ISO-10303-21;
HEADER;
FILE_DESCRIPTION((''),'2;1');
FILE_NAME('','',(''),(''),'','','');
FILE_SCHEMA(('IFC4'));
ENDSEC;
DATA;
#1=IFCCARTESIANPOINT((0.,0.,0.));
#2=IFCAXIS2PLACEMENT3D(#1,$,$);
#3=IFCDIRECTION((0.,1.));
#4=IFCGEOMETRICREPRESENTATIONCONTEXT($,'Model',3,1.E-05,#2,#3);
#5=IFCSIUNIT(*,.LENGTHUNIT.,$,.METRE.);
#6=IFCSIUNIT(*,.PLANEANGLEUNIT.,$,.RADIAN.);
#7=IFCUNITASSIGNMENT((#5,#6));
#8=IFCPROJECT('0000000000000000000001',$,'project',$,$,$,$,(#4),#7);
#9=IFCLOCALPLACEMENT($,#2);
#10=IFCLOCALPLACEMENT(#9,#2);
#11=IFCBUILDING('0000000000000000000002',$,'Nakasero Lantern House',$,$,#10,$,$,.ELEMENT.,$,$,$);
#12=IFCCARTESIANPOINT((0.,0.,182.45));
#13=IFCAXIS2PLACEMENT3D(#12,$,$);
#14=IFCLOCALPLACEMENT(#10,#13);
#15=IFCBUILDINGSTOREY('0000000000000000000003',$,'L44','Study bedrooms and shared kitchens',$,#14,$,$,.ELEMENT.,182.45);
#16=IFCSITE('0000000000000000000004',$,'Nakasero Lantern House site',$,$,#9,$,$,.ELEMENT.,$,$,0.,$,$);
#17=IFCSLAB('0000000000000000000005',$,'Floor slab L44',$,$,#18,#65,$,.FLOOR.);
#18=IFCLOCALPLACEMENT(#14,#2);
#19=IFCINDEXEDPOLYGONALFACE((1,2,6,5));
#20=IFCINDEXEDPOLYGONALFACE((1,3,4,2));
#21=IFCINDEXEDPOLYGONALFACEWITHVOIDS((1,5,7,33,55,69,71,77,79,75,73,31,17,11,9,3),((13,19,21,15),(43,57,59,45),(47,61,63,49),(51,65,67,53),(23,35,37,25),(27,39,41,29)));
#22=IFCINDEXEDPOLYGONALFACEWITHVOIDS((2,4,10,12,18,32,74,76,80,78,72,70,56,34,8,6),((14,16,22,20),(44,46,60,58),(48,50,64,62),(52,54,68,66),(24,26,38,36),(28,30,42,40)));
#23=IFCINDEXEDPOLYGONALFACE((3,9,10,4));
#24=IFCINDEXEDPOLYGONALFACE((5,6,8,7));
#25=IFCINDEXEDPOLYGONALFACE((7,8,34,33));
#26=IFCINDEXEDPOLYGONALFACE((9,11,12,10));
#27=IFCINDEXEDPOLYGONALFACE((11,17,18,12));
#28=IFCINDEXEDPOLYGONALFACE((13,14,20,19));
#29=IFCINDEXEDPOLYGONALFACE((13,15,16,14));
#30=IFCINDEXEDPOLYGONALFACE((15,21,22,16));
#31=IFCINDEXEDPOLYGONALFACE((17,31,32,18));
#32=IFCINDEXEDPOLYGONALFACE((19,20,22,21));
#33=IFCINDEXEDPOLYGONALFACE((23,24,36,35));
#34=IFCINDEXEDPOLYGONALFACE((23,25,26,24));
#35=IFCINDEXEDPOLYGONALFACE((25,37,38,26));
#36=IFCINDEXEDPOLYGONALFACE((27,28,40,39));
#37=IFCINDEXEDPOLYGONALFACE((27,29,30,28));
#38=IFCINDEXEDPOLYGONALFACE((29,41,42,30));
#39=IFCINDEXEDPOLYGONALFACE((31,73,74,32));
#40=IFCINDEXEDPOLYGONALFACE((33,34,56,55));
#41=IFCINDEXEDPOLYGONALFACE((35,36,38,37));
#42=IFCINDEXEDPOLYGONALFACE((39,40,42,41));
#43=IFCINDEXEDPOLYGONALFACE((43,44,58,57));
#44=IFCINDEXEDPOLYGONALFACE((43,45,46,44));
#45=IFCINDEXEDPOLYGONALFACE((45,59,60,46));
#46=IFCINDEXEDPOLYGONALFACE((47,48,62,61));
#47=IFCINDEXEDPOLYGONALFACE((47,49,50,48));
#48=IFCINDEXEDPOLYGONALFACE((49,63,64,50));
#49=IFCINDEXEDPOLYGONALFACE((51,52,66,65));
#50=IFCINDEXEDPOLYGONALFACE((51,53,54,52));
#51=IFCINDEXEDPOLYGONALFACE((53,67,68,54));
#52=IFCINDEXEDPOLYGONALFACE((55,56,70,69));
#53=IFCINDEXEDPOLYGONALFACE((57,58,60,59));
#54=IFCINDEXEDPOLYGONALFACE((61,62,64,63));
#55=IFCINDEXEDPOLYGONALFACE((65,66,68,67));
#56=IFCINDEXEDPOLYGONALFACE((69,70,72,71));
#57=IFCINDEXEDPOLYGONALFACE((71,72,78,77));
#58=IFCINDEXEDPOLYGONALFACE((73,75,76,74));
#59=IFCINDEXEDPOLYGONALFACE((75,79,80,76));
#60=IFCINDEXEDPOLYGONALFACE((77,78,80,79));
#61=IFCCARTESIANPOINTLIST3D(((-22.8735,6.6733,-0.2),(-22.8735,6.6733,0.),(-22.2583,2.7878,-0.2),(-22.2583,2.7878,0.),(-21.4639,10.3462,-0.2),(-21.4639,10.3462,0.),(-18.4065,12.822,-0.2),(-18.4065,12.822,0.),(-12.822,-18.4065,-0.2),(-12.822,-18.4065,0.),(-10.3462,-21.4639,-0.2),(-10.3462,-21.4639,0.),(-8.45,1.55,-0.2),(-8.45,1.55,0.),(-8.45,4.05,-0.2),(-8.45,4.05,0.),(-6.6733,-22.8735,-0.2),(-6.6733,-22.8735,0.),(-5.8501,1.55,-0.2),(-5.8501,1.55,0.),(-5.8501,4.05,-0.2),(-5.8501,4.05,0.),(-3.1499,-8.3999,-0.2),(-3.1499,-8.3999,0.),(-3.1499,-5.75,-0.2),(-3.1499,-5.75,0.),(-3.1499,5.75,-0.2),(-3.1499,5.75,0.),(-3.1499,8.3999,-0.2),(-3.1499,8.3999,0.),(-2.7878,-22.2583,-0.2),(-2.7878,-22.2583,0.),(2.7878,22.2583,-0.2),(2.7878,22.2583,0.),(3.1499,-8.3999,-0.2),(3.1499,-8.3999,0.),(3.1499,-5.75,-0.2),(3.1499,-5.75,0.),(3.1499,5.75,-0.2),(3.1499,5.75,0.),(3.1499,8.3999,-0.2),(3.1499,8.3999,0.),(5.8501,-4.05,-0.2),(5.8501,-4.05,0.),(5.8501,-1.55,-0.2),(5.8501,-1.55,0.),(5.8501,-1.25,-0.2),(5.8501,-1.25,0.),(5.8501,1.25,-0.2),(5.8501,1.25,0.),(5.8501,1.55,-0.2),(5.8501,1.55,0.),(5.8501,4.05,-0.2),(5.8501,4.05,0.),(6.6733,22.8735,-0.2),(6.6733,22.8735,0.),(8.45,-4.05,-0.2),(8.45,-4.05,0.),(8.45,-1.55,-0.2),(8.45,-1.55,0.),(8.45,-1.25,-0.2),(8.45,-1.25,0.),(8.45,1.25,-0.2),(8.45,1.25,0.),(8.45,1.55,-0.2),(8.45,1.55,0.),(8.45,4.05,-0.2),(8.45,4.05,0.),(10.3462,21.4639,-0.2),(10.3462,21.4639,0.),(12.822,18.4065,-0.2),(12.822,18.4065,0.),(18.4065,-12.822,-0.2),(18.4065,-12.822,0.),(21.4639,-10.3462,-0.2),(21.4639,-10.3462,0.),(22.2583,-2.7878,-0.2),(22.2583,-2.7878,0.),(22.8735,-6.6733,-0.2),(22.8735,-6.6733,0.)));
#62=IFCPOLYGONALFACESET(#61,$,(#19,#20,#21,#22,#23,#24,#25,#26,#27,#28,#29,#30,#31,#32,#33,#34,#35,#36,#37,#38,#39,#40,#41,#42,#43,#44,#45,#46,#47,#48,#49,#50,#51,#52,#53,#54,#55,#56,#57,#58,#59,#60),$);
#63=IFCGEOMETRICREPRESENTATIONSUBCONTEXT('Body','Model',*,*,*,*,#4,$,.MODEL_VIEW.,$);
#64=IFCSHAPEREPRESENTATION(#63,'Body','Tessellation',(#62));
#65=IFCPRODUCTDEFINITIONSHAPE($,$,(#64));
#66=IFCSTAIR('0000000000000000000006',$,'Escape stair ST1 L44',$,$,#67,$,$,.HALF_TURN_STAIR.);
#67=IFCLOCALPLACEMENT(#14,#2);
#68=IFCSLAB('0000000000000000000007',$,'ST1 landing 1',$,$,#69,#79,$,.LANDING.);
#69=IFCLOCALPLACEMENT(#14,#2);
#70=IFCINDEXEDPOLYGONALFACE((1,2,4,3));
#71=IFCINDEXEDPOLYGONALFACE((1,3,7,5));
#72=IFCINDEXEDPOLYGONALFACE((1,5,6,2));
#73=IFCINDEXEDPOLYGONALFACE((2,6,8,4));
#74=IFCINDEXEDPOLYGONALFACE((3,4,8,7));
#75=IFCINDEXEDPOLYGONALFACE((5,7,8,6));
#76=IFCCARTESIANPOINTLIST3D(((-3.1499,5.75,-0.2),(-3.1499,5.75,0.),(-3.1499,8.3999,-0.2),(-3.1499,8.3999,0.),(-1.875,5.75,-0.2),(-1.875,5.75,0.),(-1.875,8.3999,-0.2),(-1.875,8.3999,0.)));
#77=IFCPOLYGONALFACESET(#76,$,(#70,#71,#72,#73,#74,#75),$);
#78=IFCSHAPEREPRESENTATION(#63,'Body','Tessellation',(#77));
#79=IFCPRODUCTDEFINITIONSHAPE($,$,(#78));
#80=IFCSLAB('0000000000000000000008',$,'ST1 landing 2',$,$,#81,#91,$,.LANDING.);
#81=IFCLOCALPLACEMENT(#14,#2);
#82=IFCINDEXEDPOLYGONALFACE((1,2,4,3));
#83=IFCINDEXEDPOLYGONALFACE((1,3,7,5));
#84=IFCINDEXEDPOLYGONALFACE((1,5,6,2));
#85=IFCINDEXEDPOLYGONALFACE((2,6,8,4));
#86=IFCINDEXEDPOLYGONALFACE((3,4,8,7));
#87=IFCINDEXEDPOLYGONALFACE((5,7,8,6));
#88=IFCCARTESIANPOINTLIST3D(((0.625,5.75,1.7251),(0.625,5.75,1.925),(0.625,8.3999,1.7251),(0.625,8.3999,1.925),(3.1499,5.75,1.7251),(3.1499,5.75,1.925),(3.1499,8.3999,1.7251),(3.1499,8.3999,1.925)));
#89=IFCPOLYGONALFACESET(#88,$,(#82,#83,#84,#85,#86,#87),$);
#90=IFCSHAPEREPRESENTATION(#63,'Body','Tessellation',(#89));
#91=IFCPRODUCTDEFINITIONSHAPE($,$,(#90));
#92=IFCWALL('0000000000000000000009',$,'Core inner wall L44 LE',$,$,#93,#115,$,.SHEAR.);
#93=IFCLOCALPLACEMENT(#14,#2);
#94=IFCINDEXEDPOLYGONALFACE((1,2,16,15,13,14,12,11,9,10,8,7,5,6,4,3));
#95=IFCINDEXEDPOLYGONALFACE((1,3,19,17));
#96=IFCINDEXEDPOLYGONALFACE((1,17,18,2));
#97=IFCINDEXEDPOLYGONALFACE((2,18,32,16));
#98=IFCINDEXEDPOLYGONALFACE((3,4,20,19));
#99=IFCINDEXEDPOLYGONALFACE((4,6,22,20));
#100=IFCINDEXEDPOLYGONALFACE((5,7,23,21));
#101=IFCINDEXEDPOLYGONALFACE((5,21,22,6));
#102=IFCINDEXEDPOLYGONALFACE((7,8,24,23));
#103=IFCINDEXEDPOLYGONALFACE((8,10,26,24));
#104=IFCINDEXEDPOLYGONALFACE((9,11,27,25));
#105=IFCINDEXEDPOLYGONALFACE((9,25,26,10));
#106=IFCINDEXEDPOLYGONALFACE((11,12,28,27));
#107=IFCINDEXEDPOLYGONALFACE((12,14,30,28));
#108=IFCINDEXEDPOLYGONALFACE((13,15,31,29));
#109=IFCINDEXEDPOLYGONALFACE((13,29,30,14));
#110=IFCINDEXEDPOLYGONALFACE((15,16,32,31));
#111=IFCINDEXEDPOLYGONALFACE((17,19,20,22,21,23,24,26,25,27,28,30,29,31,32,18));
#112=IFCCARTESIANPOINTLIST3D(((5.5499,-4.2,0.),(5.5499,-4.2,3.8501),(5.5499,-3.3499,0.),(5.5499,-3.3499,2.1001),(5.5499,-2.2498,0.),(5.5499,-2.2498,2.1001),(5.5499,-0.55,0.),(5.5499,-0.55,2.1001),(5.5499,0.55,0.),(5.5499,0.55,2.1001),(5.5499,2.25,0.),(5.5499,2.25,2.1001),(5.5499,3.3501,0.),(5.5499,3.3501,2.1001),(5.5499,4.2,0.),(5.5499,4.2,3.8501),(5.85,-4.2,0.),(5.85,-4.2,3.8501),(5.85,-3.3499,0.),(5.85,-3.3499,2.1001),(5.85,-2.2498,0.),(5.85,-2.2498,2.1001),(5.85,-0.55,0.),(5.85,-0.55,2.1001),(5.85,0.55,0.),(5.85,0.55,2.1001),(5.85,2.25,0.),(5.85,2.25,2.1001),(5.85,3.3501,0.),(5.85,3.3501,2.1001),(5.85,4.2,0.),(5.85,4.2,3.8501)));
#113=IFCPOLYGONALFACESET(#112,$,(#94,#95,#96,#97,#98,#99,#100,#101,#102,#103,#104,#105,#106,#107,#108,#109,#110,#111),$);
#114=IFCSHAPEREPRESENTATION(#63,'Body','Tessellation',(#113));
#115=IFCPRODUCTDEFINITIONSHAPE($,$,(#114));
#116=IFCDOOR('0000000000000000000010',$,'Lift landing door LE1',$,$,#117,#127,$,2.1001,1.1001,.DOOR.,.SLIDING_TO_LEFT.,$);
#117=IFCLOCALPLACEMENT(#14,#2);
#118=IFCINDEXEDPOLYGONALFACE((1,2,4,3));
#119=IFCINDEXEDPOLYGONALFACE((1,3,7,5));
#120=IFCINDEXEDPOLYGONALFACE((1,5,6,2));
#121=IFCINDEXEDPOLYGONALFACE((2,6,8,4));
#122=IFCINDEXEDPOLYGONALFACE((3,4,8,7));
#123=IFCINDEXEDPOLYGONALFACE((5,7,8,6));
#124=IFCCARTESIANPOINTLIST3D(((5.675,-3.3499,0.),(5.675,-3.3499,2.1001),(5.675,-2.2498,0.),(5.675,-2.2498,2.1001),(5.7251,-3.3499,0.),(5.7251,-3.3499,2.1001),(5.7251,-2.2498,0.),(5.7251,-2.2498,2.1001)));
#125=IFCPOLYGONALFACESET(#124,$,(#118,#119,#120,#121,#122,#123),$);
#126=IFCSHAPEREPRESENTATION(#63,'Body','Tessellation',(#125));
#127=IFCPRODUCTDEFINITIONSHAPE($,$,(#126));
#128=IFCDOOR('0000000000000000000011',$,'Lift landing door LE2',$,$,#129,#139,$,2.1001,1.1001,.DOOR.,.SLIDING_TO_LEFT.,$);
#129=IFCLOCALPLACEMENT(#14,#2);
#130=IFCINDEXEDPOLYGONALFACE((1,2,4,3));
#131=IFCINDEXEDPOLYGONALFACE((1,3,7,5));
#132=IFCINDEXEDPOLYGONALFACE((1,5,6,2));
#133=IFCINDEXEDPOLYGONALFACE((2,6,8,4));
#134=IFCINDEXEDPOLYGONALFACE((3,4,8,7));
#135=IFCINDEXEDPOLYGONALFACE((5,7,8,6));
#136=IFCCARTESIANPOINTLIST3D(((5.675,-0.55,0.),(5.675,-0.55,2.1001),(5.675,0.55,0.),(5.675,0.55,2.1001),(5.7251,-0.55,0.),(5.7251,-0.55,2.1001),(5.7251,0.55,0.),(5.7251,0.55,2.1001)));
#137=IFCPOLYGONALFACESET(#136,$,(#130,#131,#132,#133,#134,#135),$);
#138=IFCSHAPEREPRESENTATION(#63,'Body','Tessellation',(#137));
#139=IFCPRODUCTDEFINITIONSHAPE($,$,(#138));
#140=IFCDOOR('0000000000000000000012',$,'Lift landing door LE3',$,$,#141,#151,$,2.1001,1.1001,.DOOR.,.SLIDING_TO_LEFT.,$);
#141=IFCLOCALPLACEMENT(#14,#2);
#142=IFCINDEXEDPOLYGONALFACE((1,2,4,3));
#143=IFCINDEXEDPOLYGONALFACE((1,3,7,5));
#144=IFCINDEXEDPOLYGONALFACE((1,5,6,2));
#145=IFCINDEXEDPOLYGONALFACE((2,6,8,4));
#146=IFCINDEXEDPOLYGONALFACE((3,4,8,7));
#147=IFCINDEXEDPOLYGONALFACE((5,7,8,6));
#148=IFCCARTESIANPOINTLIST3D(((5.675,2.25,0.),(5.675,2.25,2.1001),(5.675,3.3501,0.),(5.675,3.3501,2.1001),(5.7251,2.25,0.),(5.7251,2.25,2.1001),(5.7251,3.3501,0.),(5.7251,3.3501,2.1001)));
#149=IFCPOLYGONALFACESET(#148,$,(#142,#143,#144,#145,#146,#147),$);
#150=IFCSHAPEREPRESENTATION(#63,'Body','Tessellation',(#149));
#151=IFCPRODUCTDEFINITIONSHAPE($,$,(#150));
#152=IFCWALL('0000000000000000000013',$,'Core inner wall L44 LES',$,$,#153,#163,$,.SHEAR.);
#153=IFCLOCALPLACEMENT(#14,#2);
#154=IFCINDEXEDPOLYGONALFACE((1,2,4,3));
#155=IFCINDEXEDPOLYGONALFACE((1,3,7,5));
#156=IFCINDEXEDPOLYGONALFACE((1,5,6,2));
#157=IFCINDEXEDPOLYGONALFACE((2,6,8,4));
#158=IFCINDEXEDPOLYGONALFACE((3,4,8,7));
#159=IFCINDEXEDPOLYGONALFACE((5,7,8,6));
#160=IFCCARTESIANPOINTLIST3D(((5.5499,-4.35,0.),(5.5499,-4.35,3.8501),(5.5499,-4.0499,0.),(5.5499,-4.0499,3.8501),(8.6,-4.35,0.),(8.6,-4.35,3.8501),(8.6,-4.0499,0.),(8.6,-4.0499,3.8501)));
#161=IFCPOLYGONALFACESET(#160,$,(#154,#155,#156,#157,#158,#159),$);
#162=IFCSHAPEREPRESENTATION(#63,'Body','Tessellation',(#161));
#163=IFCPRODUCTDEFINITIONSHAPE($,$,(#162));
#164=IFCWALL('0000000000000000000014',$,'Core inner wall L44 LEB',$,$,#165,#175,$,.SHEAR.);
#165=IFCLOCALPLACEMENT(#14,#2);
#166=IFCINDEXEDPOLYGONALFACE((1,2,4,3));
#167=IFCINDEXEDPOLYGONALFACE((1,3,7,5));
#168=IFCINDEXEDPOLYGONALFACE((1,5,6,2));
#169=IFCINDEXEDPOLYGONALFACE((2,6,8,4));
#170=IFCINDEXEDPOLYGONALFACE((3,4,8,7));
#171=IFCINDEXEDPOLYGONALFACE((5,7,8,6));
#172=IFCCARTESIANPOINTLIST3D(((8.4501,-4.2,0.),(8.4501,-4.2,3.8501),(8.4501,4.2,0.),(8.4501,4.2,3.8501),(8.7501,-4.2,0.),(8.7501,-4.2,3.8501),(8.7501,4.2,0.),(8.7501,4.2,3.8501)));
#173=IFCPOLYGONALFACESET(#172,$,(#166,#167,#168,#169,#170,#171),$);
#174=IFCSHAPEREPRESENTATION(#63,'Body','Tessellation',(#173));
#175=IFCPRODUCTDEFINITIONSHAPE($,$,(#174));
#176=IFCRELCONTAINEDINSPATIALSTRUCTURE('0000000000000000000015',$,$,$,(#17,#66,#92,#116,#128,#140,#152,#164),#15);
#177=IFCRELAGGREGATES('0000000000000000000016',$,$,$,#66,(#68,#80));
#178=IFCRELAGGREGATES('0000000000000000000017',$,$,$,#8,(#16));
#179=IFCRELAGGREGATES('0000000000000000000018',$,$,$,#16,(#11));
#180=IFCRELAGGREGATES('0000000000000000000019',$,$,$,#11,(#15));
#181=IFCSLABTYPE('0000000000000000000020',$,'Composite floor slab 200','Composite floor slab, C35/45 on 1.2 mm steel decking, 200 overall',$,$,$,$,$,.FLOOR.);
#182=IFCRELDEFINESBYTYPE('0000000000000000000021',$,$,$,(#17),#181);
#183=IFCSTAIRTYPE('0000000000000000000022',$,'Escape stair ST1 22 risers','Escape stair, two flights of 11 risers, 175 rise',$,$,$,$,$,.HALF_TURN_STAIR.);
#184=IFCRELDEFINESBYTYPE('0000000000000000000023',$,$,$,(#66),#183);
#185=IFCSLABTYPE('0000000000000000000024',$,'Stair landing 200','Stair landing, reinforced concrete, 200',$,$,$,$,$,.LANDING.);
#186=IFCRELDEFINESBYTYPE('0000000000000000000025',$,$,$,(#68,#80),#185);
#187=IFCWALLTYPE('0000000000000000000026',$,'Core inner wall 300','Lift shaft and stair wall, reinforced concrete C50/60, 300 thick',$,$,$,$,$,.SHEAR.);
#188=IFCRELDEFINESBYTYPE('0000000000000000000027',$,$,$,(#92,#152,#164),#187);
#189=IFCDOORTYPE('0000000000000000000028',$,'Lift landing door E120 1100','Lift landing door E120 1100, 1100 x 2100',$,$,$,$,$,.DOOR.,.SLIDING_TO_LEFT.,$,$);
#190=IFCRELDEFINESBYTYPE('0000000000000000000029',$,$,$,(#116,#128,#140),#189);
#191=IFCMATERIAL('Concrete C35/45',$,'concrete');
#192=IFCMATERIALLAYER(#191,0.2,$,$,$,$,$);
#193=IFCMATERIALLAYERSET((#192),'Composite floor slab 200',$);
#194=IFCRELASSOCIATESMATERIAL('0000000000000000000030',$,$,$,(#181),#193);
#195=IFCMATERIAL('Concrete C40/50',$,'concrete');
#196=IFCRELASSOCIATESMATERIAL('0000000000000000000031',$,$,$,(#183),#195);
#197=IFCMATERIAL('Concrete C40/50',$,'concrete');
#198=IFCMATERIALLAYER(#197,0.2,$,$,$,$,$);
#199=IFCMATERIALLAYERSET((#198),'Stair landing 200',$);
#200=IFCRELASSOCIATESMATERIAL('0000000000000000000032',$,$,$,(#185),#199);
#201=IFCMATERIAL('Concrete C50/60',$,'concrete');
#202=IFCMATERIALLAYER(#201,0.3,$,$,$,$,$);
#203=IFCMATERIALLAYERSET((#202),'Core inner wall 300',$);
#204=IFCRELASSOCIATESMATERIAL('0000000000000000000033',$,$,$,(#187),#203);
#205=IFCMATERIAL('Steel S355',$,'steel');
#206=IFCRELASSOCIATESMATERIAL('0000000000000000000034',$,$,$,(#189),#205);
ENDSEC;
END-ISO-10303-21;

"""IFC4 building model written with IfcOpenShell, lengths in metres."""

from ifc_helpers import new_model, si_unit, direction, frame, frame_2d, origin, place, context, subcontext, project, spatial, polyline, rectangle, outline, extrude, material, layer, layer_set, type_object, element, fill, aggregate, save


model = new_model("IFC4")

# Units and contexts
model_context = context("Model", 3, precision=1e-05, world=origin(), true_north=direction((0.0, 1.0)))
body_context = subcontext(model_context, "Body", "Model", "MODEL_VIEW")
ifc_project = project(units=[si_unit("LENGTHUNIT", "METRE"), si_unit("PLANEANGLEUNIT", "RADIAN")], contexts=[model_context])

# Site, building, storey
site_placement = place(None, origin())
site = spatial("IfcSite", under=ifc_project, at=site_placement, Name="Nakasero Lantern House site", CompositionType="ELEMENT", RefElevation=0.0)
building_placement = place(site_placement, origin())
building = spatial("IfcBuilding", under=site, at=building_placement, Name="Nakasero Lantern House", CompositionType="ELEMENT")
storey_placement = place(building_placement, frame((0.0, 0.0, 182.45)))
storey = spatial("IfcBuildingStorey", under=building, at=storey_placement, Name="L44", Description="Study bedrooms and shared kitchens", CompositionType="ELEMENT", Elevation=182.45)

# Slab
ifc_material_1 = material(Name="Concrete C35/45", Category="concrete")
ifc_layer_1 = layer(ifc_material_1, 0.2)
ifc_layer_set_1 = layer_set([ifc_layer_1], Name="Composite floor slab 200")
slab_type_1 = type_object("IfcSlabType", Name="Composite floor slab 200", Description="Composite floor slab, C35/45 on 1.2 mm steel decking, 200 overall", PredefinedType="FLOOR", material=ifc_layer_set_1)
slab_1_placement = place(storey_placement, frame((0.0, 0.0, -0.2)))
element("IfcSlab", 1, at=slab_1_placement, inside=storey, type_object=slab_type_1, Name="Floor slab L44", PredefinedType="FLOOR", context=body_context, shape_type="SweptSolid", body=[
    extrude(outline(polyline([(12.822, 18.4065), (10.3462, 21.4639), (6.6733, 22.8735), (2.7878, 22.2583), (-18.4065, 12.822), (-21.4639, 10.3462), (-22.8735, 6.6733), (-22.2583, 2.7878), (-12.822, -18.4065), (-10.3462, -21.4639), (-6.6733, -22.8735), (-2.7878, -22.2583), (18.4065, -12.822), (21.4639, -10.3462), (22.8735, -6.6733), (22.2583, -2.7878), (12.822, 18.4065)]), holes=[polyline([(-8.45, 1.55), (-5.8501, 1.55), (-5.8501, 4.05), (-8.45, 4.05), (-8.45, 1.55)]), polyline([(5.8501, -4.05), (8.45, -4.05), (8.45, -1.55), (5.8501, -1.55), (5.8501, -4.05)]), polyline([(5.8501, -1.25), (8.45, -1.25), (8.45, 1.25), (5.8501, 1.25), (5.8501, -1.25)]), polyline([(5.8501, 1.55), (8.45, 1.55), (8.45, 4.05), (5.8501, 4.05), (5.8501, 1.55)]), polyline([(-3.1499, 5.75), (3.1499, 5.75), (3.1499, 8.3999), (-3.1499, 8.3999), (-3.1499, 5.75)]), polyline([(-3.1499, -8.3999), (3.1499, -8.3999), (3.1499, -5.75), (-3.1499, -5.75), (-3.1499, -8.3999)])]), origin(), (0.0, 0.0, 1.0), 0.2),
])

# Stair, slabs
ifc_material_2 = material(Name="Concrete C40/50", Category="concrete")
stair_type_1 = type_object("IfcStairType", Name="Escape stair ST1 22 risers", Description="Escape stair, two flights of 11 risers, 175 rise", PredefinedType="HALF_TURN_STAIR", material=ifc_material_2)
stair_1_placement = place(storey_placement, origin())
stair_1 = element("IfcStair", 2, at=stair_1_placement, inside=storey, type_object=stair_type_1, Name="Escape stair ST1 L44", PredefinedType="HALF_TURN_STAIR")
ifc_material_3 = material(Name="Concrete C40/50", Category="concrete")
ifc_layer_2 = layer(ifc_material_3, 0.2)
ifc_layer_set_2 = layer_set([ifc_layer_2], Name="Stair landing 200")
slab_type_2 = type_object("IfcSlabType", Name="Stair landing 200", Description="Stair landing, reinforced concrete, 200", PredefinedType="LANDING", material=ifc_layer_set_2)
slab_2_placement = place(storey_placement, frame((0.0, 0.0, -0.2)))
slab_2 = element("IfcSlab", 3, at=slab_2_placement, type_object=slab_type_2, Name="ST1 landing 1", PredefinedType="LANDING", context=body_context, shape_type="SweptSolid", body=[
    extrude(outline(polyline([(-3.1499, 5.75), (-1.875, 5.75), (-1.875, 8.3999), (-3.1499, 8.3999), (-3.1499, 5.75)])), origin(), (0.0, 0.0, 1.0), 0.2),
])
slab_3_placement = place(storey_placement, frame((0.0, 0.0, 1.7251)))
slab_3 = element("IfcSlab", 4, at=slab_3_placement, type_object=slab_type_2, Name="ST1 landing 2", PredefinedType="LANDING", context=body_context, shape_type="SweptSolid", body=[
    extrude(outline(polyline([(0.625, 5.75), (3.1499, 5.75), (3.1499, 8.3999), (0.625, 8.3999), (0.625, 5.75)])), origin(), (0.0, 0.0, 1.0), 0.2),
])
aggregate(stair_1, [slab_2, slab_3])

# Wall, openings, doors
ifc_material_4 = material(Name="Concrete C50/60", Category="concrete")
ifc_layer_3 = layer(ifc_material_4, 0.3)
ifc_layer_set_3 = layer_set([ifc_layer_3], Name="Core inner wall 300")
wall_type_1 = type_object("IfcWallType", Name="Core inner wall 300", Description="Lift shaft and stair wall, reinforced concrete C50/60, 300 thick", PredefinedType="SHEAR", material=ifc_layer_set_3)
wall_1_placement = place(storey_placement, frame((5.7, -4.2, 0.0), z_axis=(0.0, 0.0, 1.0), x_axis=(0.0, 1.0, 0.0)))
wall_1 = element("IfcWall", 5, at=wall_1_placement, inside=storey, type_object=wall_type_1, Name="Core inner wall L44 LE", PredefinedType="SHEAR", context=body_context, shape_type="SweptSolid", body=[
    extrude(rectangle(XDim=8.3999, YDim=0.3, at=frame_2d((4.2, 0.0))), origin(), (0.0, 0.0, 1.0), 3.8501),
])
opening_1_placement = place(wall_1_placement, frame((0.8501, 0.0, 0.0)))
opening_1 = element("IfcOpeningElement", 6, at=opening_1_placement, cuts=wall_1, PredefinedType="OPENING", context=body_context, shape_type="SweptSolid", body=[
    extrude(rectangle(XDim=1.1001, YDim=2.1001, at=frame_2d((0.55, 1.05))), frame((0.0, 0.1699, 0.0), z_axis=(0.0, -1.0, 0.0), x_axis=(1.0, 0.0, 0.0)), (0.0, 0.0, 1.0), 0.3401),
])
opening_2_placement = place(wall_1_placement, frame((3.6499, 0.0, 0.0)))
opening_2 = element("IfcOpeningElement", 7, at=opening_2_placement, cuts=wall_1, PredefinedType="OPENING", context=body_context, shape_type="SweptSolid", body=[
    extrude(rectangle(XDim=1.1001, YDim=2.1001, at=frame_2d((0.55, 1.05))), frame((0.0, 0.1699, 0.0), z_axis=(0.0, -1.0, 0.0), x_axis=(1.0, 0.0, 0.0)), (0.0, 0.0, 1.0), 0.3401),
])
opening_3_placement = place(wall_1_placement, frame((6.45, 0.0, 0.0)))
opening_3 = element("IfcOpeningElement", 8, at=opening_3_placement, cuts=wall_1, PredefinedType="OPENING", context=body_context, shape_type="SweptSolid", body=[
    extrude(rectangle(XDim=1.1001, YDim=2.1001, at=frame_2d((0.55, 1.05))), frame((0.0, 0.1699, 0.0), z_axis=(0.0, -1.0, 0.0), x_axis=(1.0, 0.0, 0.0)), (0.0, 0.0, 1.0), 0.3401),
])
ifc_material_5 = material(Name="Steel S355", Category="steel")
door_type_1 = type_object("IfcDoorType", Name="Lift landing door E120 1100", Description="Lift landing door E120 1100, 1100 x 2100", OperationType="SLIDING_TO_LEFT", PredefinedType="DOOR", material=ifc_material_5)
door_1_placement = place(opening_1_placement, origin())
door_1 = element("IfcDoor", 9, at=door_1_placement, inside=storey, type_object=door_type_1, Name="Lift landing door LE1", OperationType="SLIDING_TO_LEFT", OverallHeight=2.1001, OverallWidth=1.1001, PredefinedType="DOOR", context=body_context, shape_type="SweptSolid", body=[
    extrude(rectangle(XDim=1.1001, YDim=2.1001, at=frame_2d((0.55, 1.05))), frame((0.0, 0.0249, 0.0), z_axis=(0.0, -1.0, 0.0), x_axis=(1.0, 0.0, 0.0)), (0.0, 0.0, 1.0), 0.05),
])
fill(opening_1, door_1)
door_2_placement = place(opening_2_placement, origin())
door_2 = element("IfcDoor", 10, at=door_2_placement, inside=storey, type_object=door_type_1, Name="Lift landing door LE2", OperationType="SLIDING_TO_LEFT", OverallHeight=2.1001, OverallWidth=1.1001, PredefinedType="DOOR", context=body_context, shape_type="SweptSolid", body=[
    extrude(rectangle(XDim=1.1001, YDim=2.1001, at=frame_2d((0.55, 1.05))), frame((0.0, 0.0249, 0.0), z_axis=(0.0, -1.0, 0.0), x_axis=(1.0, 0.0, 0.0)), (0.0, 0.0, 1.0), 0.05),
])
fill(opening_2, door_2)
door_3_placement = place(opening_3_placement, origin())
door_3 = element("IfcDoor", 11, at=door_3_placement, inside=storey, type_object=door_type_1, Name="Lift landing door LE3", OperationType="SLIDING_TO_LEFT", OverallHeight=2.1001, OverallWidth=1.1001, PredefinedType="DOOR", context=body_context, shape_type="SweptSolid", body=[
    extrude(rectangle(XDim=1.1001, YDim=2.1001, at=frame_2d((0.55, 1.05))), frame((0.0, 0.0249, 0.0), z_axis=(0.0, -1.0, 0.0), x_axis=(1.0, 0.0, 0.0)), (0.0, 0.0, 1.0), 0.05),
])
fill(opening_3, door_3)

# Walls
wall_2_placement = place(storey_placement, frame((5.55, -4.2, 0.0), z_axis=(0.0, 0.0, 1.0), x_axis=(1.0, 0.0, 0.0)))
element("IfcWall", 12, at=wall_2_placement, inside=storey, type_object=wall_type_1, Name="Core inner wall L44 LES", PredefinedType="SHEAR", context=body_context, shape_type="SweptSolid", body=[
    extrude(rectangle(XDim=3.05, YDim=0.3, at=frame_2d((1.5249, 0.0))), origin(), (0.0, 0.0, 1.0), 3.8501),
])
wall_3_placement = place(storey_placement, frame((8.6001, -4.2, 0.0), z_axis=(0.0, 0.0, 1.0), x_axis=(0.0, 1.0, 0.0)))
element("IfcWall", 13, at=wall_3_placement, inside=storey, type_object=wall_type_1, Name="Core inner wall L44 LEB", PredefinedType="SHEAR", context=body_context, shape_type="SweptSolid", body=[
    extrude(rectangle(XDim=8.3999, YDim=0.3, at=frame_2d((4.2, 0.0))), origin(), (0.0, 0.0, 1.0), 3.8501),
])

save(model, "model.ifc")
